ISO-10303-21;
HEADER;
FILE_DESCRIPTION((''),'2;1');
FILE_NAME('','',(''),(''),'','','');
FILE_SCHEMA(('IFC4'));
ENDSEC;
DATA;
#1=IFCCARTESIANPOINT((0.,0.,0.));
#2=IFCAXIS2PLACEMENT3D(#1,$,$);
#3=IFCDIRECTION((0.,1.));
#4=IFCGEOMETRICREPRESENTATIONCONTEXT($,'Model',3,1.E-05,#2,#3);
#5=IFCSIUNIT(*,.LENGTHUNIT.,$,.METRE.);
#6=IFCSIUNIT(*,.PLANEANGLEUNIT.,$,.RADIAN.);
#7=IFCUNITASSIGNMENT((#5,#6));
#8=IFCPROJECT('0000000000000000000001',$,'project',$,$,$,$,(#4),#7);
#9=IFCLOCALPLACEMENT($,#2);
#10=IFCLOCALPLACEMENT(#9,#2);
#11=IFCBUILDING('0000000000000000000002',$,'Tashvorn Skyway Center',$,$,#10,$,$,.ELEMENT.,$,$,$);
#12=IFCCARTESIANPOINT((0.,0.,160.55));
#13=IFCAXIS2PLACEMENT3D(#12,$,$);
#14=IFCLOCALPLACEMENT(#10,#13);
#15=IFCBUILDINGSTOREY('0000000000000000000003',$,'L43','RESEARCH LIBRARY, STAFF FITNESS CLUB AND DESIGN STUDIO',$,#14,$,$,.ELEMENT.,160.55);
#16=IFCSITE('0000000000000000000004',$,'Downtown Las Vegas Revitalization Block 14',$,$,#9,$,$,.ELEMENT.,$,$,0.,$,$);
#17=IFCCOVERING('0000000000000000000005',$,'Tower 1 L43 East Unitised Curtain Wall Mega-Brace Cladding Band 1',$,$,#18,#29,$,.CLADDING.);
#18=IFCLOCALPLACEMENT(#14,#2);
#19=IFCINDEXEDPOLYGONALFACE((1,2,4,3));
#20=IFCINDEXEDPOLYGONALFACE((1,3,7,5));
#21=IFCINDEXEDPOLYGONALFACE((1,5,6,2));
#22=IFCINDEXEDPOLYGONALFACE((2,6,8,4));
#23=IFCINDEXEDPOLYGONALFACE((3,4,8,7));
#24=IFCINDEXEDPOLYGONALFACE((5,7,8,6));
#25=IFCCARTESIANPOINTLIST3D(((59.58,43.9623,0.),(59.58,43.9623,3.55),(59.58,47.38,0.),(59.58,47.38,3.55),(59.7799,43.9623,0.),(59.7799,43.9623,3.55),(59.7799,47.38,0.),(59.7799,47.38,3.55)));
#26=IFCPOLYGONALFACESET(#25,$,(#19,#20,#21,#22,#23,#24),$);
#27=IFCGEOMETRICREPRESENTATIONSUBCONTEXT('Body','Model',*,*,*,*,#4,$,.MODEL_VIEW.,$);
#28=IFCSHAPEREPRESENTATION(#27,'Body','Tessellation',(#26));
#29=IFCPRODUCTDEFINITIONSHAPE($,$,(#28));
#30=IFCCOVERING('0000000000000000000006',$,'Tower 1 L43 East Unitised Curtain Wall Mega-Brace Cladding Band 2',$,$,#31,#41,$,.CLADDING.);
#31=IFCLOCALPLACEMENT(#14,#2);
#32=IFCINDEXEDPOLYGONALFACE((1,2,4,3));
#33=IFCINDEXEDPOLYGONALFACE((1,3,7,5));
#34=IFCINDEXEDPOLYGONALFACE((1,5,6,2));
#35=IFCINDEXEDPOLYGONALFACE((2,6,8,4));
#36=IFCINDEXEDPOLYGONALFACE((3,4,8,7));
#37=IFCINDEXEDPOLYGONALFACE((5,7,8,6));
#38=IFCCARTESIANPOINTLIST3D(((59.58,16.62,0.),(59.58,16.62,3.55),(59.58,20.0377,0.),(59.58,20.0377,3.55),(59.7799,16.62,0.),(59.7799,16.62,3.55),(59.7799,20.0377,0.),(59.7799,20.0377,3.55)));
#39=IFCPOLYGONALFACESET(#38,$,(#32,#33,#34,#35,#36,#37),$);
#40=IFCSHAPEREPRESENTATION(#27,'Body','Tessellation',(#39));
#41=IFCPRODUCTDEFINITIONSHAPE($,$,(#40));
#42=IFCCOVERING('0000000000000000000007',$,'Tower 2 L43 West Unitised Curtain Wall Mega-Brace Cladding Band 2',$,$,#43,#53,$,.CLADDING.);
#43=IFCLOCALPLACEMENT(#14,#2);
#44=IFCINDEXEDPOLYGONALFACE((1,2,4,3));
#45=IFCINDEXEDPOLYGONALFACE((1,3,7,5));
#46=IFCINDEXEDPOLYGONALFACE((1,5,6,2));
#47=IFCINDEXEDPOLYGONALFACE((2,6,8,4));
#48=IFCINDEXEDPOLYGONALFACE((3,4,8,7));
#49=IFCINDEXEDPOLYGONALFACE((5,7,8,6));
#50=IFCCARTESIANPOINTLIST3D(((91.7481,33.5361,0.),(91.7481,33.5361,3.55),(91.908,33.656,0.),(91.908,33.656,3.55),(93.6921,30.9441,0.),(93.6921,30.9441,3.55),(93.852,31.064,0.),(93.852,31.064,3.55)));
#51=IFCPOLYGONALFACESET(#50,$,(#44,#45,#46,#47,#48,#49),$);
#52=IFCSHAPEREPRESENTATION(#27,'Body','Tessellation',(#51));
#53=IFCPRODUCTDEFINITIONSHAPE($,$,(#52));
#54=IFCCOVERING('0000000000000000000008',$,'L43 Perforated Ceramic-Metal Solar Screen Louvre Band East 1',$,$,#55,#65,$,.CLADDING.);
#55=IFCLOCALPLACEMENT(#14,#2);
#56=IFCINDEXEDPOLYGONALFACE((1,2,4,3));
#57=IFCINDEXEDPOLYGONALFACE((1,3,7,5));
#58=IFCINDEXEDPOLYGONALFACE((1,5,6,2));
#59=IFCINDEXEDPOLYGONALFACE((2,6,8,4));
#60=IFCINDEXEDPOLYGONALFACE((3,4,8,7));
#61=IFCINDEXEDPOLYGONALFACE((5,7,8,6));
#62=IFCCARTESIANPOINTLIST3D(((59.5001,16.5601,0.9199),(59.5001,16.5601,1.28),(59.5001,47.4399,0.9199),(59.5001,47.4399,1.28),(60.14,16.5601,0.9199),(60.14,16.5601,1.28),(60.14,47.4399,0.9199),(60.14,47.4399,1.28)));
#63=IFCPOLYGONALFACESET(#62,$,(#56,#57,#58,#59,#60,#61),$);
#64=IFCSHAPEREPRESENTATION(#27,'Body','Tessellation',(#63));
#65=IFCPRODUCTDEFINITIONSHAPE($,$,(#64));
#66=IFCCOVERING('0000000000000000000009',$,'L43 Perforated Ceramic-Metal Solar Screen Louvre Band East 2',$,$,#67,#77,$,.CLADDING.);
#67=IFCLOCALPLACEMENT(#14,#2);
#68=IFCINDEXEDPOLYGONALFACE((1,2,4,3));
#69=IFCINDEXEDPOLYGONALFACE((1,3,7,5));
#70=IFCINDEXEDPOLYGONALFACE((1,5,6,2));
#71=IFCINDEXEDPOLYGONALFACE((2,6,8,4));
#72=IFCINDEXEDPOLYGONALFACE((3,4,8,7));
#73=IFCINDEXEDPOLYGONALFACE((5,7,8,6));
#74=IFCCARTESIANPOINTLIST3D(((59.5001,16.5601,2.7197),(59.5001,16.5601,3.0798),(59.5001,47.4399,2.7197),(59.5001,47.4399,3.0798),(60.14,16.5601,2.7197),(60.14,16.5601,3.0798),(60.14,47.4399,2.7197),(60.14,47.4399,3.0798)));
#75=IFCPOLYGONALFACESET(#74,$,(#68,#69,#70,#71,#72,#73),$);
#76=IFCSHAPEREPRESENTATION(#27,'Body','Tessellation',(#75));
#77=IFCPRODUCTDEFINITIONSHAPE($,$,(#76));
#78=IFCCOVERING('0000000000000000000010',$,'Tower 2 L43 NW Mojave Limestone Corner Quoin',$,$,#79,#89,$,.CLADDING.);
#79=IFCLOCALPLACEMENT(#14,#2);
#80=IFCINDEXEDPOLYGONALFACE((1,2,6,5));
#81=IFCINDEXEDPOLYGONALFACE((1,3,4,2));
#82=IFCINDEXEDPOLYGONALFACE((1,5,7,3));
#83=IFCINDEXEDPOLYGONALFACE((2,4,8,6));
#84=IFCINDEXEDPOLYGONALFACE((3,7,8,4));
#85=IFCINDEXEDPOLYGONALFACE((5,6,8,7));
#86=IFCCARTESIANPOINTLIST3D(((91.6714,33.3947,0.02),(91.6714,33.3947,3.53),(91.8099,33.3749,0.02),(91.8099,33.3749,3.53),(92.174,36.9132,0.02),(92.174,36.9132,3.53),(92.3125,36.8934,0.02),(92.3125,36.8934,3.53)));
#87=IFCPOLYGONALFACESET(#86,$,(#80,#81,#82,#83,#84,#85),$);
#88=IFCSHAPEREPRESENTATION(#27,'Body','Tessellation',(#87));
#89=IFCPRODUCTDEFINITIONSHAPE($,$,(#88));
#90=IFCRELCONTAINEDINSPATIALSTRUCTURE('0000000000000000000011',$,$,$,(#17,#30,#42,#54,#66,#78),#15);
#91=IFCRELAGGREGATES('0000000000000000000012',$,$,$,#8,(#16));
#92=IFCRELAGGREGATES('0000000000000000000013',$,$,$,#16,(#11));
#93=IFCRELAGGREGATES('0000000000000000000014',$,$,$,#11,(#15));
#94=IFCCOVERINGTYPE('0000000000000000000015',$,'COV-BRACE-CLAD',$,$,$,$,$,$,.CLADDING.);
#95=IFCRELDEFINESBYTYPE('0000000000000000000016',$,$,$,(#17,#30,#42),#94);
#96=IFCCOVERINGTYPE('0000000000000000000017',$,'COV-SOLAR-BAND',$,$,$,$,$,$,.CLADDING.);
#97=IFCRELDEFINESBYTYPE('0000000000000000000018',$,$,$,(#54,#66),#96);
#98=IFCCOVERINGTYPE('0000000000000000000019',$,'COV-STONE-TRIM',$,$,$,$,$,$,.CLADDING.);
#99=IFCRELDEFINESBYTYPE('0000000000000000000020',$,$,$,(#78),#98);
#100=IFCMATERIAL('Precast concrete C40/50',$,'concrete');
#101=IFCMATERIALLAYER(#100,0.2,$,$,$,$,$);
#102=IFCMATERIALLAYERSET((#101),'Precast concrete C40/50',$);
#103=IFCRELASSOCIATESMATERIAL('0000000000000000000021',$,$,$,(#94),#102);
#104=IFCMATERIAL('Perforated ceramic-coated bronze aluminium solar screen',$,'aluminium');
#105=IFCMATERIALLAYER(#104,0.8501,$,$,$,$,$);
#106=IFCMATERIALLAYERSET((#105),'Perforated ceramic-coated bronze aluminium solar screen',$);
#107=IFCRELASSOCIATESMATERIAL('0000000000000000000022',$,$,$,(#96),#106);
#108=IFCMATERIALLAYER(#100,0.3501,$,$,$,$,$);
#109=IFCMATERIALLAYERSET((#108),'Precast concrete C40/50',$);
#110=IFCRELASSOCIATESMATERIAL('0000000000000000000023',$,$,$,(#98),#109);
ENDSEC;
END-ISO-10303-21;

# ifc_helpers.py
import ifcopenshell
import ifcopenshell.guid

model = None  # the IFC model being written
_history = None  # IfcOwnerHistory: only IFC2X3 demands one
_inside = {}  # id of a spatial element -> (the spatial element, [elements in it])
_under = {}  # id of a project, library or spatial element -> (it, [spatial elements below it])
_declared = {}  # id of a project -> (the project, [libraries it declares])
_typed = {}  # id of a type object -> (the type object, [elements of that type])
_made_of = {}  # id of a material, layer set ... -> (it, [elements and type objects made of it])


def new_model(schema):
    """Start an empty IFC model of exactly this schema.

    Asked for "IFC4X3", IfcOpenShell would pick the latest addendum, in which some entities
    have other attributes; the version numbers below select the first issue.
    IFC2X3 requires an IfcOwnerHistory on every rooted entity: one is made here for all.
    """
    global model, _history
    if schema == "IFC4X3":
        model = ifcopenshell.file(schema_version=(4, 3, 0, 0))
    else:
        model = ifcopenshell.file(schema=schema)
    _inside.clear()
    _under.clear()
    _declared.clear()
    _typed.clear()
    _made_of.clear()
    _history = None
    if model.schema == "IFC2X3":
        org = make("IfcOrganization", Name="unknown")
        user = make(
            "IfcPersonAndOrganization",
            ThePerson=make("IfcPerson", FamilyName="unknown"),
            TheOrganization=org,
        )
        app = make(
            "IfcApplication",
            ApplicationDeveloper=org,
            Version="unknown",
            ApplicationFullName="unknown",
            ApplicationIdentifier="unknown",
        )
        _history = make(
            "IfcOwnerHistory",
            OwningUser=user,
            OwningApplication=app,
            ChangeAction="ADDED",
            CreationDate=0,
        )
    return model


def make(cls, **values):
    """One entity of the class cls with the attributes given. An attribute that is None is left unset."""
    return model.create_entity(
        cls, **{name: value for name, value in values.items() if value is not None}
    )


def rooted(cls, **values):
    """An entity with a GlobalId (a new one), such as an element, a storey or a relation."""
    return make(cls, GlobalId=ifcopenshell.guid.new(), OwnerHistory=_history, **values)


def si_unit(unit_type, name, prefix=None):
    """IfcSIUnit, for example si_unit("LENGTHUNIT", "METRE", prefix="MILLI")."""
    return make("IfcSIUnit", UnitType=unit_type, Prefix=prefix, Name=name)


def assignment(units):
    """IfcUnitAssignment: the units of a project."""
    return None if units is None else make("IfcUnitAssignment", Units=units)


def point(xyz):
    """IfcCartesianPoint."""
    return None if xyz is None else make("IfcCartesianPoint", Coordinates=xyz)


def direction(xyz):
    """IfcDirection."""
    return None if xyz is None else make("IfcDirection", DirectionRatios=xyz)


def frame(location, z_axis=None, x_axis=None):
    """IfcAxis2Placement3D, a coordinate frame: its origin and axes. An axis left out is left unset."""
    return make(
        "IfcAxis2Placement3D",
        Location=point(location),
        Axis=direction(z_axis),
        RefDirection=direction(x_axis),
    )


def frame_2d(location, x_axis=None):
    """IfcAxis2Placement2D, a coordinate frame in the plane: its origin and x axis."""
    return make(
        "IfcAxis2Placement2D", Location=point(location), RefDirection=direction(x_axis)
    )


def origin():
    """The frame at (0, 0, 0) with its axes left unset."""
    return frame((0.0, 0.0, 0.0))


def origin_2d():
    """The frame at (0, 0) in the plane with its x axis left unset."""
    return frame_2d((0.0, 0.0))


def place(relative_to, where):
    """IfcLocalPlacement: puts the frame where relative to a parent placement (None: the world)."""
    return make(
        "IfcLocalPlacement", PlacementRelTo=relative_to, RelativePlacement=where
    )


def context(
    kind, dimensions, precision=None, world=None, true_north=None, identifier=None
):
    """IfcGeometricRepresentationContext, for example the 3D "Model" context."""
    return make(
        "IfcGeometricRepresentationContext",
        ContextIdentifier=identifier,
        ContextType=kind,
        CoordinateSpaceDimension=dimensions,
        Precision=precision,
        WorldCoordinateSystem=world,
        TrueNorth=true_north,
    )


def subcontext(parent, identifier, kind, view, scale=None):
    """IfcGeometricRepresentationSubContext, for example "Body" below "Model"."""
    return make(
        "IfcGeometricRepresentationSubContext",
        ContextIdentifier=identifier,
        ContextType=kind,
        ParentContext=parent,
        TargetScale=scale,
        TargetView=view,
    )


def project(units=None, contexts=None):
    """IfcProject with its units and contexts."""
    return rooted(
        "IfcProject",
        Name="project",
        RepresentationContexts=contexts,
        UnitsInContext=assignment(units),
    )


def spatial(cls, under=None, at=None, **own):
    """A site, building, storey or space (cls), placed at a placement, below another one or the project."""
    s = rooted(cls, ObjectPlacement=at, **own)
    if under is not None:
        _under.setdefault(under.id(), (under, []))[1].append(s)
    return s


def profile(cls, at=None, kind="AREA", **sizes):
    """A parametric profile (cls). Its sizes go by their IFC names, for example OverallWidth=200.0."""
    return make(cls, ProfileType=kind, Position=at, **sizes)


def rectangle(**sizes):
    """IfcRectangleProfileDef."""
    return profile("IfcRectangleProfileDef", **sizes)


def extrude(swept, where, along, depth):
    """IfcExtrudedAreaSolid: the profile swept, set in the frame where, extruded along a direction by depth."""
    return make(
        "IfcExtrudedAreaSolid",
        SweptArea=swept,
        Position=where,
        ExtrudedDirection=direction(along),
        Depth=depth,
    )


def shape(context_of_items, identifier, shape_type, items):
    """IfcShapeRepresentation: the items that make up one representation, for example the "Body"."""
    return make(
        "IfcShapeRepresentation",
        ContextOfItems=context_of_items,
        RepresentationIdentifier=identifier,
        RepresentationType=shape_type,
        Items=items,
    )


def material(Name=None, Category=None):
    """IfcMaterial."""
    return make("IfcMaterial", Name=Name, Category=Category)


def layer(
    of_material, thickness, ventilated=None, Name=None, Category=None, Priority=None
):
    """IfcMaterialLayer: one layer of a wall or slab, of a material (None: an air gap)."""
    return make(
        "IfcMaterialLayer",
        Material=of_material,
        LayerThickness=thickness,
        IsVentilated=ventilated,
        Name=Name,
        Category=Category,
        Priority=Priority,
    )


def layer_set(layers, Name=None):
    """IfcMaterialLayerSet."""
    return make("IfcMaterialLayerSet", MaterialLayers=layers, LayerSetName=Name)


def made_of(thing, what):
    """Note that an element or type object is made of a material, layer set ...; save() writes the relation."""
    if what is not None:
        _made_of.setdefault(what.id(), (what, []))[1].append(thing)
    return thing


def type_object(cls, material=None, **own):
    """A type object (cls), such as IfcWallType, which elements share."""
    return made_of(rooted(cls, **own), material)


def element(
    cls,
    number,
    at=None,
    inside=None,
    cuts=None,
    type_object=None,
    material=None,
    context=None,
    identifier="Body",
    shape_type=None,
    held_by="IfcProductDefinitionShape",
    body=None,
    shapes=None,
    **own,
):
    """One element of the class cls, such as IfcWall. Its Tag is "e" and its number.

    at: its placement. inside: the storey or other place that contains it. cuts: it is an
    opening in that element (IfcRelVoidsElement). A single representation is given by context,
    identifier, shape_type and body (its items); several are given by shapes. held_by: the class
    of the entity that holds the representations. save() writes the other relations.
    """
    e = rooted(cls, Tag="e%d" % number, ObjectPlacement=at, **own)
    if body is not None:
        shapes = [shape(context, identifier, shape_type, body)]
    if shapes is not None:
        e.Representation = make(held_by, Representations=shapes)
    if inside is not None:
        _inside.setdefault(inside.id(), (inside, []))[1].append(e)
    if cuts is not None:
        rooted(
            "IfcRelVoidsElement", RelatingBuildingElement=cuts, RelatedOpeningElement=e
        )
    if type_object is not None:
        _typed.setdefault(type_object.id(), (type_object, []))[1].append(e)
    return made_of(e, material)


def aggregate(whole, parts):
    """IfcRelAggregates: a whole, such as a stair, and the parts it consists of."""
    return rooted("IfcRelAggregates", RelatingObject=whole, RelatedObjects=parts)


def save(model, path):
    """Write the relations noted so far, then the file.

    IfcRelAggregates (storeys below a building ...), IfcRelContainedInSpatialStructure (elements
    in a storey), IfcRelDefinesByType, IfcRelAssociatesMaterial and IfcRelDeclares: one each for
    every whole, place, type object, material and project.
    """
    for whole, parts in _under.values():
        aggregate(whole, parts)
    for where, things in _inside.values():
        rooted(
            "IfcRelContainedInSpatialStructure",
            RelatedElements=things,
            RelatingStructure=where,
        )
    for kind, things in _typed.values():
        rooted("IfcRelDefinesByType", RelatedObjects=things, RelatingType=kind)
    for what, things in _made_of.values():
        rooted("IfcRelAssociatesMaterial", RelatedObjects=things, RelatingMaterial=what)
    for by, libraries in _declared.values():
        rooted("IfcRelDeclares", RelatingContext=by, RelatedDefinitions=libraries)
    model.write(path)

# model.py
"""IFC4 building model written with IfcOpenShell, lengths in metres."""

from ifc_helpers import new_model, si_unit, direction, frame, origin, origin_2d, place, context, subcontext, project, spatial, rectangle, extrude, material, layer, layer_set, type_object, element, save


model = new_model("IFC4")

# Units and contexts
model_context = context("Model", 3, precision=1e-05, world=origin(), true_north=direction((0.0, 1.0)))
body_context = subcontext(model_context, "Body", "Model", "MODEL_VIEW")
ifc_project = project(units=[si_unit("LENGTHUNIT", "METRE"), si_unit("PLANEANGLEUNIT", "RADIAN")], contexts=[model_context])

# Site, building, storey
site_placement = place(None, origin())
site = spatial("IfcSite", under=ifc_project, at=site_placement, Name="Downtown Las Vegas Revitalization Block 14", CompositionType="ELEMENT", RefElevation=0.0)
building_placement = place(site_placement, origin())
building = spatial("IfcBuilding", under=site, at=building_placement, Name="Tashvorn Skyway Center", CompositionType="ELEMENT")
storey_placement = place(building_placement, frame((0.0, 0.0, 160.55)))
storey = spatial("IfcBuildingStorey", under=building, at=storey_placement, Name="L43", Description="RESEARCH LIBRARY, STAFF FITNESS CLUB AND DESIGN STUDIO", CompositionType="ELEMENT", Elevation=160.55)

# Shared definitions
ifc_material_1 = material(Name="Precast concrete C40/50", Category="concrete")

# Coverings
ifc_layer_1 = layer(ifc_material_1, 0.2)
ifc_layer_set_1 = layer_set([ifc_layer_1], Name="Precast concrete C40/50")
covering_type_1 = type_object("IfcCoveringType", Name="COV-BRACE-CLAD", PredefinedType="CLADDING", material=ifc_layer_set_1)
for number, where, z_axis, x_axis, name in (
    (1, (59.6799, 45.6711, 0.0), (0.0, 0.0, 1.0), (0.0, -1.0, 0.0), "Tower 1 L43 East Unitised Curtain Wall Mega-Brace Cladding Band 1"),
    (2, (59.6799, 18.3289, 0.0), (0.0, 0.0, 1.0), (0.0, -1.0, 0.0), "Tower 1 L43 East Unitised Curtain Wall Mega-Brace Cladding Band 2"),
):
    element("IfcCovering", number, at=place(storey_placement, frame(where, z_axis=z_axis, x_axis=x_axis)), inside=storey, type_object=covering_type_1, Name=name, PredefinedType="CLADDING", context=body_context, shape_type="SweptSolid", body=[
        extrude(rectangle(XDim=3.4177, YDim=0.2, at=origin_2d()), origin(), (0.0, 0.0, 1.0), 3.55),
    ])
covering_1_placement = place(storey_placement, frame((92.8, 32.3, 0.0), z_axis=(0.0, 0.0, 1.0), x_axis=(-0.6, 0.8, 0.0)))
element("IfcCovering", 3, at=covering_1_placement, inside=storey, type_object=covering_type_1, Name="Tower 2 L43 West Unitised Curtain Wall Mega-Brace Cladding Band 2", PredefinedType="CLADDING", context=body_context, shape_type="SweptSolid", body=[
    extrude(rectangle(XDim=3.24, YDim=0.2, at=origin_2d()), origin(), (0.0, 0.0, 1.0), 3.55),
])
ifc_material_2 = material(Name="Perforated ceramic-coated bronze aluminium solar screen", Category="aluminium")
ifc_layer_2 = layer(ifc_material_2, 0.8501)
ifc_layer_set_2 = layer_set([ifc_layer_2], Name="Perforated ceramic-coated bronze aluminium solar screen")
covering_type_2 = type_object("IfcCoveringType", Name="COV-SOLAR-BAND", PredefinedType="CLADDING", material=ifc_layer_set_2)
for number, where, z_axis, x_axis, name in (
    (4, (59.8201, 32.0, 0.9199), (0.0, 0.0, 1.0), (0.0, -1.0, 0.0), "L43 Perforated Ceramic-Metal Solar Screen Louvre Band East 1"),
    (5, (59.8201, 32.0, 2.7197), (0.0, 0.0, 1.0), (0.0, -1.0, 0.0), "L43 Perforated Ceramic-Metal Solar Screen Louvre Band East 2"),
):
    element("IfcCovering", number, at=place(storey_placement, frame(where, z_axis=z_axis, x_axis=x_axis)), inside=storey, type_object=covering_type_2, Name=name, PredefinedType="CLADDING", context=body_context, shape_type="SweptSolid", body=[
        extrude(rectangle(XDim=30.8799, YDim=0.6399, at=origin_2d()), origin(), (0.0, 0.0, 1.0), 0.3601),
    ])
ifc_layer_3 = layer(ifc_material_1, 0.3501)
ifc_layer_set_3 = layer_set([ifc_layer_3], Name="Precast concrete C40/50")
covering_type_3 = type_object("IfcCoveringType", Name="COV-STONE-TRIM", PredefinedType="CLADDING", material=ifc_layer_set_3)
covering_2_placement = place(storey_placement, frame((91.9919, 35.144, 0.02), z_axis=(0.0, 0.0, 1.0), x_axis=(-0.141421, -0.989949, 0.0)))
element("IfcCovering", 6, at=covering_2_placement, inside=storey, type_object=covering_type_3, Name="Tower 2 L43 NW Mojave Limestone Corner Quoin", PredefinedType="CLADDING", context=body_context, shape_type="SweptSolid", body=[
    extrude(rectangle(XDim=3.5542, YDim=0.1399, at=origin_2d()), origin(), (0.0, 0.0, 1.0), 3.51),
])

save(model, "model.ifc")
